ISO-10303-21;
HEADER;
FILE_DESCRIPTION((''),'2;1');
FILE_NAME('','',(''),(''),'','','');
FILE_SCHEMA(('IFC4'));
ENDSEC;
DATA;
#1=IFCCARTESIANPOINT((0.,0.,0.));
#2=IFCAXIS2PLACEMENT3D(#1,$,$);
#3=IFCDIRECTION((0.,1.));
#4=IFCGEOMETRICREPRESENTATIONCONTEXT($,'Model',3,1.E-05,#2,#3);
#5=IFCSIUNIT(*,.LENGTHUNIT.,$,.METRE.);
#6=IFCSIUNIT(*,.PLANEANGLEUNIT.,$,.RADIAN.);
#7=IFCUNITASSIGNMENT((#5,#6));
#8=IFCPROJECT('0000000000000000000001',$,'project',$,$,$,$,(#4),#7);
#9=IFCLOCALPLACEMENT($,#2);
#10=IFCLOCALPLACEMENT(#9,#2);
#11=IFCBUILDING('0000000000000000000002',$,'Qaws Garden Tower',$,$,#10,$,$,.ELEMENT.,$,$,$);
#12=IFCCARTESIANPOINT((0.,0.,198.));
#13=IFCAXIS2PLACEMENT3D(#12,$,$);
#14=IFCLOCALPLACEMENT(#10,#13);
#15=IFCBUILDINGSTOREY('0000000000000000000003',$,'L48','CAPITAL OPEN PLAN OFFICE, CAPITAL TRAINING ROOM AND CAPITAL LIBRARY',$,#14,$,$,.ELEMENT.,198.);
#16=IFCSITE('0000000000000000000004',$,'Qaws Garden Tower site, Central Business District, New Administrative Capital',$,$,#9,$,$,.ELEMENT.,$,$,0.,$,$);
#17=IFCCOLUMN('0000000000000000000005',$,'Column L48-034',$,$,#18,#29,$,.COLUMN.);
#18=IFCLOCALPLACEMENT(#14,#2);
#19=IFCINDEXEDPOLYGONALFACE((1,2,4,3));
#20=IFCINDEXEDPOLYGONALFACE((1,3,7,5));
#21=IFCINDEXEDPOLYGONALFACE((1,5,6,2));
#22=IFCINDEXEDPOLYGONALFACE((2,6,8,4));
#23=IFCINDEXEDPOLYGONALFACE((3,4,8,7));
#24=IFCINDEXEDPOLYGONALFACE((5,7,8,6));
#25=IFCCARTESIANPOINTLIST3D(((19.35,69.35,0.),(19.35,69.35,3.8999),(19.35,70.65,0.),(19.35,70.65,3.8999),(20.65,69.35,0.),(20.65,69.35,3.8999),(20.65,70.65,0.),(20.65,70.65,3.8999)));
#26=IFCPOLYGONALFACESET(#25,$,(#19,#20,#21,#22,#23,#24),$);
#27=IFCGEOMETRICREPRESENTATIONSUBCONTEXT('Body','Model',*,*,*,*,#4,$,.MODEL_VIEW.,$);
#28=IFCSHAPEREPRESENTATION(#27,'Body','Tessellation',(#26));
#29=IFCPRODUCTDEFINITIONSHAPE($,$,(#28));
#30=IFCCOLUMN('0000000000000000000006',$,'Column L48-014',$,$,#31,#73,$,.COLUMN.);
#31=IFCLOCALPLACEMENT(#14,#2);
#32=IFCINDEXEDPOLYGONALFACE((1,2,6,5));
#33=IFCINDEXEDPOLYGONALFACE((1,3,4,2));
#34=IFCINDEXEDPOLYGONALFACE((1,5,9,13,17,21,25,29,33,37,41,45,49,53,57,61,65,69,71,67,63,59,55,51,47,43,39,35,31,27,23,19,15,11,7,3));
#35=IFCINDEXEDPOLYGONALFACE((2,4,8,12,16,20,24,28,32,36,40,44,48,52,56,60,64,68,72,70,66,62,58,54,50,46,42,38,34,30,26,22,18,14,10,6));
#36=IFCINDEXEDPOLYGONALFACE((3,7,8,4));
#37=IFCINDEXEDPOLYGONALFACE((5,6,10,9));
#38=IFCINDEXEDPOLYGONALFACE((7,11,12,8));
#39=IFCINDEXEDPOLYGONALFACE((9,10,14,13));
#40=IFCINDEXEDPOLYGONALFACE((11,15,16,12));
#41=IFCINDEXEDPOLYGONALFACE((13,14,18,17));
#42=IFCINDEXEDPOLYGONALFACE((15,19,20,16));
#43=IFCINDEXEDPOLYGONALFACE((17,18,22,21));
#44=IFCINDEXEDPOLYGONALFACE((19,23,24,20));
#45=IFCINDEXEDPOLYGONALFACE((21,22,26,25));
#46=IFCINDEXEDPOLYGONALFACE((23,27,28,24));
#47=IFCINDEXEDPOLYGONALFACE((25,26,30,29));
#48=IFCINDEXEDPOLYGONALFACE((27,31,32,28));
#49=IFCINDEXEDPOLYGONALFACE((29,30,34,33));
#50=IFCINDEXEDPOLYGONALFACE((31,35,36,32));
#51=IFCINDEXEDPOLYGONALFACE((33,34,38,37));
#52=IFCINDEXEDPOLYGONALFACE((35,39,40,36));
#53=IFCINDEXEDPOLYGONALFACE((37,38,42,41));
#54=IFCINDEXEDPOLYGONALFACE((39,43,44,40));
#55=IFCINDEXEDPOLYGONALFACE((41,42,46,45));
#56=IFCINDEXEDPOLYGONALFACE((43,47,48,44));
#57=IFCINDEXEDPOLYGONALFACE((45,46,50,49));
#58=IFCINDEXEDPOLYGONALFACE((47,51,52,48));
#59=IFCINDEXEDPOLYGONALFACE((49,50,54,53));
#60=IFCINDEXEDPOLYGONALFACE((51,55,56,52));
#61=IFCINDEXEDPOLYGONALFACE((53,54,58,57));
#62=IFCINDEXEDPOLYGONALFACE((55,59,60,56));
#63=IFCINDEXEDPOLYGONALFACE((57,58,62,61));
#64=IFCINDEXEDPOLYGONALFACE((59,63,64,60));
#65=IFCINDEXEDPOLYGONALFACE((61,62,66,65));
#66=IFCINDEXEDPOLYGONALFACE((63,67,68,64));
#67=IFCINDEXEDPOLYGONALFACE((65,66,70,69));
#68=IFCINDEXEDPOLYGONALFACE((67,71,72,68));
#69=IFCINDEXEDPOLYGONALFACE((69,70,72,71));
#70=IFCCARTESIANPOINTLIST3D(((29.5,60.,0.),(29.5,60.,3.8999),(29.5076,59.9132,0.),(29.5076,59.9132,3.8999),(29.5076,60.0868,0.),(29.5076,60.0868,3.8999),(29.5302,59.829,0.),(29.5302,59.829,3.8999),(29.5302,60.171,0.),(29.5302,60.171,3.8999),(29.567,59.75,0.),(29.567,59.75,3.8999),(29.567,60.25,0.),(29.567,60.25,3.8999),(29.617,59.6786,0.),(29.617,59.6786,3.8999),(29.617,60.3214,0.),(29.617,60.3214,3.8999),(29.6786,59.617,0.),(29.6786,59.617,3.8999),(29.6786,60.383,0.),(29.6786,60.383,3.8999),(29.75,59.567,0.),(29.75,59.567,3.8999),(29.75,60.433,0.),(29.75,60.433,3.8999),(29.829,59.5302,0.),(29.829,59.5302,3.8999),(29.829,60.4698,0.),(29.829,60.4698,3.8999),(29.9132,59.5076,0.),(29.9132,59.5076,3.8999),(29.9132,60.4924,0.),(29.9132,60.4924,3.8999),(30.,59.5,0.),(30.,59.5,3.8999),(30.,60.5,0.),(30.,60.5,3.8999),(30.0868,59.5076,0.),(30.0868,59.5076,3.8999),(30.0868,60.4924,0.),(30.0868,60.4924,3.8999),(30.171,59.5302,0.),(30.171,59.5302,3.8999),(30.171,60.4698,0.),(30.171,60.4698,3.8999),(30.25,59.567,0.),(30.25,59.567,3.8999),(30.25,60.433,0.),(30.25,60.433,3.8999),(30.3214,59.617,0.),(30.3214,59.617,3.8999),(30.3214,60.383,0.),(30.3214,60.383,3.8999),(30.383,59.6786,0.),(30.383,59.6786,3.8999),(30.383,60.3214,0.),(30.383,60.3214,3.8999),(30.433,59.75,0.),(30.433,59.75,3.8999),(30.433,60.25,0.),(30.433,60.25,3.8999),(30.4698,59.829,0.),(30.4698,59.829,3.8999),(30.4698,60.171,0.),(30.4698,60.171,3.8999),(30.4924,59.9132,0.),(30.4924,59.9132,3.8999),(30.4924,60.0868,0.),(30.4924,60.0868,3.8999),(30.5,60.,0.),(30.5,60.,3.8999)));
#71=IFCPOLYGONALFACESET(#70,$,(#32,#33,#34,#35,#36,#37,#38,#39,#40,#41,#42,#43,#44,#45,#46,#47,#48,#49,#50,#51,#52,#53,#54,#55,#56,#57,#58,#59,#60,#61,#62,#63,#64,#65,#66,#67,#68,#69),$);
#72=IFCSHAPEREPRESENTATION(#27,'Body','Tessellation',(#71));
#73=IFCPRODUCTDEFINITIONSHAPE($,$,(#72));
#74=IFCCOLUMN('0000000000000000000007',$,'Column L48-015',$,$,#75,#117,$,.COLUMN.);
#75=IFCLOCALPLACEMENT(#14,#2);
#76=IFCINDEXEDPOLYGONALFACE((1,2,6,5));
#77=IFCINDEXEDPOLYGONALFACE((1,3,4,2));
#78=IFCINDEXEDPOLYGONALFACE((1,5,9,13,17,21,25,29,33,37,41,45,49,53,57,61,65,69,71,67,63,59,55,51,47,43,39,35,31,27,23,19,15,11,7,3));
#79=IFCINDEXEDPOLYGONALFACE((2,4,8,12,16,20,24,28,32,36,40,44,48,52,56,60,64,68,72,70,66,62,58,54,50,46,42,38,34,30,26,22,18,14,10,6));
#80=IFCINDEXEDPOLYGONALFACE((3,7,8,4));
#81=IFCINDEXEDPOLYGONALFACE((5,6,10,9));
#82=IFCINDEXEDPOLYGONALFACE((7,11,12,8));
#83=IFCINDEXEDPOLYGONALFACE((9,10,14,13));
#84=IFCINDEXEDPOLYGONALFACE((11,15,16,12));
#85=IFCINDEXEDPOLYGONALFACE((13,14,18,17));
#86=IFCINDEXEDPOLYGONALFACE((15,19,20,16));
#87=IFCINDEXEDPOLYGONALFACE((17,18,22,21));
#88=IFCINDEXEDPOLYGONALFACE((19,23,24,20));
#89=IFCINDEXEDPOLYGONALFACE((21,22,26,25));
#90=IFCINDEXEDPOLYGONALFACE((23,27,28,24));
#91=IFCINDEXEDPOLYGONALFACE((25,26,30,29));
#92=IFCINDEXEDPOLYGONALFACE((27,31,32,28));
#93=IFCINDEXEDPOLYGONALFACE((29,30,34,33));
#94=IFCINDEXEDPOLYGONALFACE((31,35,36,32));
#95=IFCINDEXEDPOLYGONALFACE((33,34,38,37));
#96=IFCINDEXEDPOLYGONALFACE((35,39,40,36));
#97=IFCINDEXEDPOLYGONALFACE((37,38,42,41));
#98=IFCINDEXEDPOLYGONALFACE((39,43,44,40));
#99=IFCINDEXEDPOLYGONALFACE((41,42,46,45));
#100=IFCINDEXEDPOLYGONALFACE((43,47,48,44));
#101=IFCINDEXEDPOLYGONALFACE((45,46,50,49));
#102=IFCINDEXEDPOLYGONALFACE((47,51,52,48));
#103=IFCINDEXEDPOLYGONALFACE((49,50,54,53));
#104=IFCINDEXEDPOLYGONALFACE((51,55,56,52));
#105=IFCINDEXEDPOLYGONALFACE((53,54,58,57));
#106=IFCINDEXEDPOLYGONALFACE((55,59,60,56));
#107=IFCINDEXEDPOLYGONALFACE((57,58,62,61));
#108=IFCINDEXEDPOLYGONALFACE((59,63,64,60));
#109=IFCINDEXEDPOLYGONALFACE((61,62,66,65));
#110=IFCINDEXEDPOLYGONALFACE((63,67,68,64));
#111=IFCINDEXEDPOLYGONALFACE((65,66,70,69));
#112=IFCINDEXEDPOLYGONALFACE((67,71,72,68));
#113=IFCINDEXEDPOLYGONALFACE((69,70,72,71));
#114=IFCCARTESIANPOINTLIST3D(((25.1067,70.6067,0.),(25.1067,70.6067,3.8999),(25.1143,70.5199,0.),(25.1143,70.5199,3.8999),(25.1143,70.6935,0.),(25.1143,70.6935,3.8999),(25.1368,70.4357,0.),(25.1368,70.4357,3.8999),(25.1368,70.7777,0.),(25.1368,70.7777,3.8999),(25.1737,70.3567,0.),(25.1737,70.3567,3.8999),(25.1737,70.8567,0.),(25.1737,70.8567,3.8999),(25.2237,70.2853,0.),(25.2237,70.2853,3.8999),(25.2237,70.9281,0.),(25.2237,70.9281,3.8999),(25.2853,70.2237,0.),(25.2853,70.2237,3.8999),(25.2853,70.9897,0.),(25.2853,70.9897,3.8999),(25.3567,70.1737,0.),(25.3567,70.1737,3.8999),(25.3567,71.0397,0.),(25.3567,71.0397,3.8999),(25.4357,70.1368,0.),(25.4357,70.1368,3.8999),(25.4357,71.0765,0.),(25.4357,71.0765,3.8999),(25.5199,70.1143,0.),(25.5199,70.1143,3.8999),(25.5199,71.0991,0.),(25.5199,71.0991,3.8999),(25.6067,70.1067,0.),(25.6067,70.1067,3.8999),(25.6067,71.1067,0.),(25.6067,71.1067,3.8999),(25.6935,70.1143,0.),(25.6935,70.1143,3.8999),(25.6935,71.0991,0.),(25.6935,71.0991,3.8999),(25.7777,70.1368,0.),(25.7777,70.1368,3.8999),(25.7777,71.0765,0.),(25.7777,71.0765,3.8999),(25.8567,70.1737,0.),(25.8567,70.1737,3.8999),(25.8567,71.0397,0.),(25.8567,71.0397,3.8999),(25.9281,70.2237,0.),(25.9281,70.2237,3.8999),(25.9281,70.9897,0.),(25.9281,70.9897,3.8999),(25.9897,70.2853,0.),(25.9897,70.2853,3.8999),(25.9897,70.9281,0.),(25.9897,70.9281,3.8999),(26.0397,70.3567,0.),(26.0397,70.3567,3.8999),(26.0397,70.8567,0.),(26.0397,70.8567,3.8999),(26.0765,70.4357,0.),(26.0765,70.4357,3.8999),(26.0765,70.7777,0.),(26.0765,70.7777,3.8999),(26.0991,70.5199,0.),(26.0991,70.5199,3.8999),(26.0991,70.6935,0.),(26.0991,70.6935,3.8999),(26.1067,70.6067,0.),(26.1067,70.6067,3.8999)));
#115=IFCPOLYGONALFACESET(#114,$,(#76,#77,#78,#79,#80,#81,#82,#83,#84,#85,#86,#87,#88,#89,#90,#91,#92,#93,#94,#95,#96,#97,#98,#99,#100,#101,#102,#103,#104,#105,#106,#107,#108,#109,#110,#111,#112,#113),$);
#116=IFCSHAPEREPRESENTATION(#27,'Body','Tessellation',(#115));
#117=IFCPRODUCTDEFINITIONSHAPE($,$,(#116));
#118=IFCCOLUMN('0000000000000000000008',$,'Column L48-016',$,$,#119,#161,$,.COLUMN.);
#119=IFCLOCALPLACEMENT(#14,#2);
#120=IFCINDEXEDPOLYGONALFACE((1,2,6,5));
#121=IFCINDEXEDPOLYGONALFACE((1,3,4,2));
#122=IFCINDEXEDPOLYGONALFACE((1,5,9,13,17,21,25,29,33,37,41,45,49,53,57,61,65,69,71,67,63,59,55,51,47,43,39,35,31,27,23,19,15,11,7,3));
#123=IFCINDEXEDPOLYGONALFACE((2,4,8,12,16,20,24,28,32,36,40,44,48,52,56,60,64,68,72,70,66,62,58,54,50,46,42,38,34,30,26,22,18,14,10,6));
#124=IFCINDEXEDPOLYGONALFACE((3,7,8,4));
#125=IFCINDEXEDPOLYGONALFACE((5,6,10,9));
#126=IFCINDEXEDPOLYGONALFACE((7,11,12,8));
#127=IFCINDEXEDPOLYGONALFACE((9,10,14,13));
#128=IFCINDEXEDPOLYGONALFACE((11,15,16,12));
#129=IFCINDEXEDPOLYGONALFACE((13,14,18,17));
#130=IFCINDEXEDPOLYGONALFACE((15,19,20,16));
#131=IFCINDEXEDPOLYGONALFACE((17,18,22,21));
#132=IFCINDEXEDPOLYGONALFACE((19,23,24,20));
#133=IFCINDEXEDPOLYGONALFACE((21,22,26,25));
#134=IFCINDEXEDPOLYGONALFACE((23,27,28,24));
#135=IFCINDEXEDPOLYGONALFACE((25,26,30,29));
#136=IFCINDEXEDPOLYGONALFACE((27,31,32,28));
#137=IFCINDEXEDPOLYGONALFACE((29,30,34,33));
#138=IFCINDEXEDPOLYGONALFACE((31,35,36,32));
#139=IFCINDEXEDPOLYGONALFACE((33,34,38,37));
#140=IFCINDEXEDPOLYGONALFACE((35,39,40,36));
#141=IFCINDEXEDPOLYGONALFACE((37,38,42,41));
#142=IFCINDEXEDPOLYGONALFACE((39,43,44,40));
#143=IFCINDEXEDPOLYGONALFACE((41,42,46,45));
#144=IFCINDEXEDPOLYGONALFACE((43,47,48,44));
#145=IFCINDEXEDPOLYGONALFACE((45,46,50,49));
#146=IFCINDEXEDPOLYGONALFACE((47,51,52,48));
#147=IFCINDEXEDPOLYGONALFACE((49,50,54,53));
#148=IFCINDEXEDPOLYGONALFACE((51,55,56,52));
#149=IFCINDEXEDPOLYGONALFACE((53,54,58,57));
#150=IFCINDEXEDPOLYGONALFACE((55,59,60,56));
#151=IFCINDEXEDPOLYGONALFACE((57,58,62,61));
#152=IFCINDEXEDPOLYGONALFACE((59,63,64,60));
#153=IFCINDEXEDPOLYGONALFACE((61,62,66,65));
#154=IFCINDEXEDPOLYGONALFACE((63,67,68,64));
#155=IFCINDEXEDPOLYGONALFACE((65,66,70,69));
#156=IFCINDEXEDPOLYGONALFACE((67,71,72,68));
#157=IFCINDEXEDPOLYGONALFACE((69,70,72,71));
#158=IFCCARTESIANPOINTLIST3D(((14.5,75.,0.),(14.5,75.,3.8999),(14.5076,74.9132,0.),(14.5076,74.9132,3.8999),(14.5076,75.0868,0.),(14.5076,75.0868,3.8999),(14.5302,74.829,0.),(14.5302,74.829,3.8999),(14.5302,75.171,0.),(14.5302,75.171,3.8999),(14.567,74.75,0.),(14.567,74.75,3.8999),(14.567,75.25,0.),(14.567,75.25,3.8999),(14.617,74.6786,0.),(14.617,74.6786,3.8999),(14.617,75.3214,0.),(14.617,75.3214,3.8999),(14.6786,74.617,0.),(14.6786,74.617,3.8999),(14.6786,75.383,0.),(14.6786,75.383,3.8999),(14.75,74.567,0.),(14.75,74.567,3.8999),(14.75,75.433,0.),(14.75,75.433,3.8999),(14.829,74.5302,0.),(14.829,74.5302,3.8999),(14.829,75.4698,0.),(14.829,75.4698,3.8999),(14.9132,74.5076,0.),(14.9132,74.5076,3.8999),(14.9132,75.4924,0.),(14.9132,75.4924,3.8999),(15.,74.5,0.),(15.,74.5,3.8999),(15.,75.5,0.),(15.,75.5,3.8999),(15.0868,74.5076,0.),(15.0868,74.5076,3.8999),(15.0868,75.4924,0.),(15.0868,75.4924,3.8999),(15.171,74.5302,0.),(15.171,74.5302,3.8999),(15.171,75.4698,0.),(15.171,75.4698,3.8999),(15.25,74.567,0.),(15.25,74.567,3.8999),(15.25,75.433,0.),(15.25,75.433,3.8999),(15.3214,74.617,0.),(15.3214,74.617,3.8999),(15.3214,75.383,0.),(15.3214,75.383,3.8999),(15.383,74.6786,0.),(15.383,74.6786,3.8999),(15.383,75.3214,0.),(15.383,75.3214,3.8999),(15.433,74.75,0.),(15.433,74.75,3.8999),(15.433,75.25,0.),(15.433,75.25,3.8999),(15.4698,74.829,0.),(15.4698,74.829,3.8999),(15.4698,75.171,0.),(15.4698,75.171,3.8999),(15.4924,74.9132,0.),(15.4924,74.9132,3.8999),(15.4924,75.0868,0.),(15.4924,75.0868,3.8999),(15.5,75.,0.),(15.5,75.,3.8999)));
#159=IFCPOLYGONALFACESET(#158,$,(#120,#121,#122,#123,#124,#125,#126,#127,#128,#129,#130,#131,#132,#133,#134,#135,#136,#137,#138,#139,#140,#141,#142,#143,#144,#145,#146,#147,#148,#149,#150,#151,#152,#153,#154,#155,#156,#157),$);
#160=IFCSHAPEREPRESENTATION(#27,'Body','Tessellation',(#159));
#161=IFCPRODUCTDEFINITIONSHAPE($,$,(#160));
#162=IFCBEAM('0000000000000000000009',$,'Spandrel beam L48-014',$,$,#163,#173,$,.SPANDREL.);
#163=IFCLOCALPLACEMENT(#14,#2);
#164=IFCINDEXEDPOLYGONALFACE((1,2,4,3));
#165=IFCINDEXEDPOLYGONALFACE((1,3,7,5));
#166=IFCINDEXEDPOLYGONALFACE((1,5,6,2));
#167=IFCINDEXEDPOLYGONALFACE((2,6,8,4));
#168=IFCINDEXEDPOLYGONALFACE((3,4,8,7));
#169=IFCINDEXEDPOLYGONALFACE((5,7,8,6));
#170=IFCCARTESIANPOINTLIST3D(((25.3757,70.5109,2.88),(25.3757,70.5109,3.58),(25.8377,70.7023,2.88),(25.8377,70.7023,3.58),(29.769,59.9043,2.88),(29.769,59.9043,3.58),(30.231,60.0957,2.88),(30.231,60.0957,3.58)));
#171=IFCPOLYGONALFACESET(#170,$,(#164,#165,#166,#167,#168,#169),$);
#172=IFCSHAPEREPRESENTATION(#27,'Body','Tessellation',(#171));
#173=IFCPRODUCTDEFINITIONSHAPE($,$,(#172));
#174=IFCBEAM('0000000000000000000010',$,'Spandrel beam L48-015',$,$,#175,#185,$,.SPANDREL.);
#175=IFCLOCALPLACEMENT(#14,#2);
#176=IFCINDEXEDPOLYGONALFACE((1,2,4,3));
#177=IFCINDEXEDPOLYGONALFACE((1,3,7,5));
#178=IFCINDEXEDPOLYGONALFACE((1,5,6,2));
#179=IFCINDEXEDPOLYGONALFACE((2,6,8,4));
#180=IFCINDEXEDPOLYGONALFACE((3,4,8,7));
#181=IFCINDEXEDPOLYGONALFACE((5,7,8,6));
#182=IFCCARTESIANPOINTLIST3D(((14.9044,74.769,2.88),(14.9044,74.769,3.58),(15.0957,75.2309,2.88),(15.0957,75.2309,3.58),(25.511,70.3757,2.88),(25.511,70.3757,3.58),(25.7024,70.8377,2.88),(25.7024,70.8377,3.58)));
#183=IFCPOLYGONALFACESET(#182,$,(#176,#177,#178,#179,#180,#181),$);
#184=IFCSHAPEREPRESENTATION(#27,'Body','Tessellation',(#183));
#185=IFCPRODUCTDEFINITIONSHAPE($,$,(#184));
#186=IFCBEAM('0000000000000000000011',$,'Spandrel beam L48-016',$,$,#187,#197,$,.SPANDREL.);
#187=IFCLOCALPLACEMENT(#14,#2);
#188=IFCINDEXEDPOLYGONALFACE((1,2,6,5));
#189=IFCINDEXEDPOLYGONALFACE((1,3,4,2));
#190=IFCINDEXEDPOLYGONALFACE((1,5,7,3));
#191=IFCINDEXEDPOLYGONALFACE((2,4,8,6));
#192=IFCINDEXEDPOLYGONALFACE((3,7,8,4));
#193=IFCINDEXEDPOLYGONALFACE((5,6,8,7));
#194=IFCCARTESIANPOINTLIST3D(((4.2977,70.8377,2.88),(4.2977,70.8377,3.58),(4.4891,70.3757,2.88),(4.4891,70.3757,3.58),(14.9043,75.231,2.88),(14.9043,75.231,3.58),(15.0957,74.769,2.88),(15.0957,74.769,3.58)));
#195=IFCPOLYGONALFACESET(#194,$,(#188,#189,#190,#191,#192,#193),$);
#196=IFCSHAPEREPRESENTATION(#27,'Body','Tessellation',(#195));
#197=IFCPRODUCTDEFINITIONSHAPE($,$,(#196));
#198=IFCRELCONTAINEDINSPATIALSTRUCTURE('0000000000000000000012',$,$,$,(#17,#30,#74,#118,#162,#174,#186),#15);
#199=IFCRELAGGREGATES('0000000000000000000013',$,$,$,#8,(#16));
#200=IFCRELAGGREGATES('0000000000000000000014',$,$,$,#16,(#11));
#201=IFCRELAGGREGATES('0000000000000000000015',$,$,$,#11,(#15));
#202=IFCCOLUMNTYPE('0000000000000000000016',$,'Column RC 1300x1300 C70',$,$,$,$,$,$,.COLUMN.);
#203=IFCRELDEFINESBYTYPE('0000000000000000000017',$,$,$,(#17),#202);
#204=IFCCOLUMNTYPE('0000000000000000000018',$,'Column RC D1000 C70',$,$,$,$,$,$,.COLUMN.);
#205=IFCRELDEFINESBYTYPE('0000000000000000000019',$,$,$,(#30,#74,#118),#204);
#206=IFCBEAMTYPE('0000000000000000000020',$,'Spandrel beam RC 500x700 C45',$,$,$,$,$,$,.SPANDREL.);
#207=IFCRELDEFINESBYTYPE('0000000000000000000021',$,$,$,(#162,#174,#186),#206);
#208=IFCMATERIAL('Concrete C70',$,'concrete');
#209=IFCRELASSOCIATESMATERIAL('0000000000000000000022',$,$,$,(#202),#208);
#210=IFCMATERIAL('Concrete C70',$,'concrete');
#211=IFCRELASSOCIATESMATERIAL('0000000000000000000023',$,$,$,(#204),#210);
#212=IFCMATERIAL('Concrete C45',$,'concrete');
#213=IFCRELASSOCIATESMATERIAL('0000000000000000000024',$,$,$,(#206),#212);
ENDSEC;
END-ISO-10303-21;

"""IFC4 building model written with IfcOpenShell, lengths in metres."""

from ifc_helpers import new_model, si_unit, direction, frame, origin, origin_2d, place, context, subcontext, project, spatial, rectangle, circle, extrude, material, material_profile, profile_set, type_object, element, save


model = new_model("IFC4")

# Units and contexts
model_context = context("Model", 3, precision=1e-05, world=origin(), true_north=direction((0.0, 1.0)))
body_context = subcontext(model_context, "Body", "Model", "MODEL_VIEW")
ifc_project = project(units=[si_unit("LENGTHUNIT", "METRE"), si_unit("PLANEANGLEUNIT", "RADIAN")], contexts=[model_context])

# Site, building, storey
site_placement = place(None, origin())
site = spatial("IfcSite", under=ifc_project, at=site_placement, Name="Qaws Garden Tower site, Central Business District, New Administrative Capital", CompositionType="ELEMENT", RefElevation=0.0)
building_placement = place(site_placement, origin())
building = spatial("IfcBuilding", under=site, at=building_placement, Name="Qaws Garden Tower", CompositionType="ELEMENT")
storey_placement = place(building_placement, frame((0.0, 0.0, 198.0)))
storey = spatial("IfcBuildingStorey", under=building, at=storey_placement, Name="L48", Description="CAPITAL OPEN PLAN OFFICE, CAPITAL TRAINING ROOM AND CAPITAL LIBRARY", CompositionType="ELEMENT", Elevation=198.0)

# Columns
ifc_material_1 = material(Name="Concrete C70", Category="concrete")
ifc_material_profile_1 = material_profile(ifc_material_1, rectangle(XDim=1.3, YDim=1.3, at=origin_2d()), Name="RC 1300x1300")
ifc_profile_set_1 = profile_set([ifc_material_profile_1], Name="Concrete C70")
column_type_1 = type_object("IfcColumnType", Name="Column RC 1300x1300 C70", PredefinedType="COLUMN", material=ifc_profile_set_1)
column_placement = place(storey_placement, frame((20.0, 70.0, 0.0), z_axis=(0.0, 0.0, 1.0), x_axis=(1.0, 0.0, 0.0)))
element("IfcColumn", 1, at=column_placement, inside=storey, type_object=column_type_1, Name="Column L48-034", PredefinedType="COLUMN", context=body_context, shape_type="SweptSolid", body=[
    extrude(rectangle(XDim=1.3, YDim=1.3, at=origin_2d()), origin(), (0.0, 0.0, 1.0), 3.8999),
])
ifc_material_2 = material(Name="Concrete C70", Category="concrete")
ifc_material_profile_2 = material_profile(ifc_material_2, circle(Radius=0.5, at=origin_2d()), Name="RC D1000")
ifc_profile_set_2 = profile_set([ifc_material_profile_2], Name="Concrete C70")
column_type_2 = type_object("IfcColumnType", Name="Column RC D1000 C70", PredefinedType="COLUMN", material=ifc_profile_set_2)
for number, where, z_axis, x_axis, name in (
    (2, (30.0, 60.0, 0.0), (0.0, 0.0, 1.0), (1.0, 0.0, 0.0), "Column L48-014"),
    (3, (25.6067, 70.6067, 0.0), (0.0, 0.0, 1.0), (1.0, 0.0, 0.0), "Column L48-015"),
    (4, (15.0, 75.0, 0.0), (0.0, 0.0, 1.0), (1.0, 0.0, 0.0), "Column L48-016"),
):
    element("IfcColumn", number, at=place(storey_placement, frame(where, z_axis=z_axis, x_axis=x_axis)), inside=storey, type_object=column_type_2, Name=name, PredefinedType="COLUMN", context=body_context, shape_type="SweptSolid", body=[
        extrude(circle(Radius=0.5, at=origin_2d()), origin(), (0.0, 0.0, 1.0), 3.8999),
    ])

# Beams
ifc_material_3 = material(Name="Concrete C45", Category="concrete")
ifc_material_profile_3 = material_profile(ifc_material_3, rectangle(XDim=0.5, YDim=0.7, at=origin_2d()), Name="RC 500x700")
ifc_profile_set_3 = profile_set([ifc_material_profile_3], Name="Concrete C45")
beam_type = type_object("IfcBeamType", Name="Spandrel beam RC 500x700 C45", PredefinedType="SPANDREL", material=ifc_profile_set_3)
for number, where, z_axis, x_axis, name in (
    (5, (30.0, 60.0, 3.23), (-0.382674, 0.923883, 0.0), (-0.923883, -0.382674, 0.0), "Spandrel beam L48-014"),
    (6, (25.6067, 70.6067, 3.23), (-0.923883, 0.382674, 0.0), (-0.382674, -0.923883, 0.0), "Spandrel beam L48-015"),
    (7, (15.0, 75.0, 3.23), (-0.923883, -0.382674, 0.0), (0.382674, -0.923883, 0.0), "Spandrel beam L48-016"),
):
    element("IfcBeam", number, at=place(storey_placement, frame(where, z_axis=z_axis, x_axis=x_axis)), inside=storey, type_object=beam_type, Name=name, PredefinedType="SPANDREL", context=body_context, shape_type="SweptSolid", body=[
        extrude(rectangle(XDim=0.5, YDim=0.7, at=origin_2d()), origin(), (0.0, 0.0, 1.0), 11.4805),
    ])

save(model, "model.ifc")
